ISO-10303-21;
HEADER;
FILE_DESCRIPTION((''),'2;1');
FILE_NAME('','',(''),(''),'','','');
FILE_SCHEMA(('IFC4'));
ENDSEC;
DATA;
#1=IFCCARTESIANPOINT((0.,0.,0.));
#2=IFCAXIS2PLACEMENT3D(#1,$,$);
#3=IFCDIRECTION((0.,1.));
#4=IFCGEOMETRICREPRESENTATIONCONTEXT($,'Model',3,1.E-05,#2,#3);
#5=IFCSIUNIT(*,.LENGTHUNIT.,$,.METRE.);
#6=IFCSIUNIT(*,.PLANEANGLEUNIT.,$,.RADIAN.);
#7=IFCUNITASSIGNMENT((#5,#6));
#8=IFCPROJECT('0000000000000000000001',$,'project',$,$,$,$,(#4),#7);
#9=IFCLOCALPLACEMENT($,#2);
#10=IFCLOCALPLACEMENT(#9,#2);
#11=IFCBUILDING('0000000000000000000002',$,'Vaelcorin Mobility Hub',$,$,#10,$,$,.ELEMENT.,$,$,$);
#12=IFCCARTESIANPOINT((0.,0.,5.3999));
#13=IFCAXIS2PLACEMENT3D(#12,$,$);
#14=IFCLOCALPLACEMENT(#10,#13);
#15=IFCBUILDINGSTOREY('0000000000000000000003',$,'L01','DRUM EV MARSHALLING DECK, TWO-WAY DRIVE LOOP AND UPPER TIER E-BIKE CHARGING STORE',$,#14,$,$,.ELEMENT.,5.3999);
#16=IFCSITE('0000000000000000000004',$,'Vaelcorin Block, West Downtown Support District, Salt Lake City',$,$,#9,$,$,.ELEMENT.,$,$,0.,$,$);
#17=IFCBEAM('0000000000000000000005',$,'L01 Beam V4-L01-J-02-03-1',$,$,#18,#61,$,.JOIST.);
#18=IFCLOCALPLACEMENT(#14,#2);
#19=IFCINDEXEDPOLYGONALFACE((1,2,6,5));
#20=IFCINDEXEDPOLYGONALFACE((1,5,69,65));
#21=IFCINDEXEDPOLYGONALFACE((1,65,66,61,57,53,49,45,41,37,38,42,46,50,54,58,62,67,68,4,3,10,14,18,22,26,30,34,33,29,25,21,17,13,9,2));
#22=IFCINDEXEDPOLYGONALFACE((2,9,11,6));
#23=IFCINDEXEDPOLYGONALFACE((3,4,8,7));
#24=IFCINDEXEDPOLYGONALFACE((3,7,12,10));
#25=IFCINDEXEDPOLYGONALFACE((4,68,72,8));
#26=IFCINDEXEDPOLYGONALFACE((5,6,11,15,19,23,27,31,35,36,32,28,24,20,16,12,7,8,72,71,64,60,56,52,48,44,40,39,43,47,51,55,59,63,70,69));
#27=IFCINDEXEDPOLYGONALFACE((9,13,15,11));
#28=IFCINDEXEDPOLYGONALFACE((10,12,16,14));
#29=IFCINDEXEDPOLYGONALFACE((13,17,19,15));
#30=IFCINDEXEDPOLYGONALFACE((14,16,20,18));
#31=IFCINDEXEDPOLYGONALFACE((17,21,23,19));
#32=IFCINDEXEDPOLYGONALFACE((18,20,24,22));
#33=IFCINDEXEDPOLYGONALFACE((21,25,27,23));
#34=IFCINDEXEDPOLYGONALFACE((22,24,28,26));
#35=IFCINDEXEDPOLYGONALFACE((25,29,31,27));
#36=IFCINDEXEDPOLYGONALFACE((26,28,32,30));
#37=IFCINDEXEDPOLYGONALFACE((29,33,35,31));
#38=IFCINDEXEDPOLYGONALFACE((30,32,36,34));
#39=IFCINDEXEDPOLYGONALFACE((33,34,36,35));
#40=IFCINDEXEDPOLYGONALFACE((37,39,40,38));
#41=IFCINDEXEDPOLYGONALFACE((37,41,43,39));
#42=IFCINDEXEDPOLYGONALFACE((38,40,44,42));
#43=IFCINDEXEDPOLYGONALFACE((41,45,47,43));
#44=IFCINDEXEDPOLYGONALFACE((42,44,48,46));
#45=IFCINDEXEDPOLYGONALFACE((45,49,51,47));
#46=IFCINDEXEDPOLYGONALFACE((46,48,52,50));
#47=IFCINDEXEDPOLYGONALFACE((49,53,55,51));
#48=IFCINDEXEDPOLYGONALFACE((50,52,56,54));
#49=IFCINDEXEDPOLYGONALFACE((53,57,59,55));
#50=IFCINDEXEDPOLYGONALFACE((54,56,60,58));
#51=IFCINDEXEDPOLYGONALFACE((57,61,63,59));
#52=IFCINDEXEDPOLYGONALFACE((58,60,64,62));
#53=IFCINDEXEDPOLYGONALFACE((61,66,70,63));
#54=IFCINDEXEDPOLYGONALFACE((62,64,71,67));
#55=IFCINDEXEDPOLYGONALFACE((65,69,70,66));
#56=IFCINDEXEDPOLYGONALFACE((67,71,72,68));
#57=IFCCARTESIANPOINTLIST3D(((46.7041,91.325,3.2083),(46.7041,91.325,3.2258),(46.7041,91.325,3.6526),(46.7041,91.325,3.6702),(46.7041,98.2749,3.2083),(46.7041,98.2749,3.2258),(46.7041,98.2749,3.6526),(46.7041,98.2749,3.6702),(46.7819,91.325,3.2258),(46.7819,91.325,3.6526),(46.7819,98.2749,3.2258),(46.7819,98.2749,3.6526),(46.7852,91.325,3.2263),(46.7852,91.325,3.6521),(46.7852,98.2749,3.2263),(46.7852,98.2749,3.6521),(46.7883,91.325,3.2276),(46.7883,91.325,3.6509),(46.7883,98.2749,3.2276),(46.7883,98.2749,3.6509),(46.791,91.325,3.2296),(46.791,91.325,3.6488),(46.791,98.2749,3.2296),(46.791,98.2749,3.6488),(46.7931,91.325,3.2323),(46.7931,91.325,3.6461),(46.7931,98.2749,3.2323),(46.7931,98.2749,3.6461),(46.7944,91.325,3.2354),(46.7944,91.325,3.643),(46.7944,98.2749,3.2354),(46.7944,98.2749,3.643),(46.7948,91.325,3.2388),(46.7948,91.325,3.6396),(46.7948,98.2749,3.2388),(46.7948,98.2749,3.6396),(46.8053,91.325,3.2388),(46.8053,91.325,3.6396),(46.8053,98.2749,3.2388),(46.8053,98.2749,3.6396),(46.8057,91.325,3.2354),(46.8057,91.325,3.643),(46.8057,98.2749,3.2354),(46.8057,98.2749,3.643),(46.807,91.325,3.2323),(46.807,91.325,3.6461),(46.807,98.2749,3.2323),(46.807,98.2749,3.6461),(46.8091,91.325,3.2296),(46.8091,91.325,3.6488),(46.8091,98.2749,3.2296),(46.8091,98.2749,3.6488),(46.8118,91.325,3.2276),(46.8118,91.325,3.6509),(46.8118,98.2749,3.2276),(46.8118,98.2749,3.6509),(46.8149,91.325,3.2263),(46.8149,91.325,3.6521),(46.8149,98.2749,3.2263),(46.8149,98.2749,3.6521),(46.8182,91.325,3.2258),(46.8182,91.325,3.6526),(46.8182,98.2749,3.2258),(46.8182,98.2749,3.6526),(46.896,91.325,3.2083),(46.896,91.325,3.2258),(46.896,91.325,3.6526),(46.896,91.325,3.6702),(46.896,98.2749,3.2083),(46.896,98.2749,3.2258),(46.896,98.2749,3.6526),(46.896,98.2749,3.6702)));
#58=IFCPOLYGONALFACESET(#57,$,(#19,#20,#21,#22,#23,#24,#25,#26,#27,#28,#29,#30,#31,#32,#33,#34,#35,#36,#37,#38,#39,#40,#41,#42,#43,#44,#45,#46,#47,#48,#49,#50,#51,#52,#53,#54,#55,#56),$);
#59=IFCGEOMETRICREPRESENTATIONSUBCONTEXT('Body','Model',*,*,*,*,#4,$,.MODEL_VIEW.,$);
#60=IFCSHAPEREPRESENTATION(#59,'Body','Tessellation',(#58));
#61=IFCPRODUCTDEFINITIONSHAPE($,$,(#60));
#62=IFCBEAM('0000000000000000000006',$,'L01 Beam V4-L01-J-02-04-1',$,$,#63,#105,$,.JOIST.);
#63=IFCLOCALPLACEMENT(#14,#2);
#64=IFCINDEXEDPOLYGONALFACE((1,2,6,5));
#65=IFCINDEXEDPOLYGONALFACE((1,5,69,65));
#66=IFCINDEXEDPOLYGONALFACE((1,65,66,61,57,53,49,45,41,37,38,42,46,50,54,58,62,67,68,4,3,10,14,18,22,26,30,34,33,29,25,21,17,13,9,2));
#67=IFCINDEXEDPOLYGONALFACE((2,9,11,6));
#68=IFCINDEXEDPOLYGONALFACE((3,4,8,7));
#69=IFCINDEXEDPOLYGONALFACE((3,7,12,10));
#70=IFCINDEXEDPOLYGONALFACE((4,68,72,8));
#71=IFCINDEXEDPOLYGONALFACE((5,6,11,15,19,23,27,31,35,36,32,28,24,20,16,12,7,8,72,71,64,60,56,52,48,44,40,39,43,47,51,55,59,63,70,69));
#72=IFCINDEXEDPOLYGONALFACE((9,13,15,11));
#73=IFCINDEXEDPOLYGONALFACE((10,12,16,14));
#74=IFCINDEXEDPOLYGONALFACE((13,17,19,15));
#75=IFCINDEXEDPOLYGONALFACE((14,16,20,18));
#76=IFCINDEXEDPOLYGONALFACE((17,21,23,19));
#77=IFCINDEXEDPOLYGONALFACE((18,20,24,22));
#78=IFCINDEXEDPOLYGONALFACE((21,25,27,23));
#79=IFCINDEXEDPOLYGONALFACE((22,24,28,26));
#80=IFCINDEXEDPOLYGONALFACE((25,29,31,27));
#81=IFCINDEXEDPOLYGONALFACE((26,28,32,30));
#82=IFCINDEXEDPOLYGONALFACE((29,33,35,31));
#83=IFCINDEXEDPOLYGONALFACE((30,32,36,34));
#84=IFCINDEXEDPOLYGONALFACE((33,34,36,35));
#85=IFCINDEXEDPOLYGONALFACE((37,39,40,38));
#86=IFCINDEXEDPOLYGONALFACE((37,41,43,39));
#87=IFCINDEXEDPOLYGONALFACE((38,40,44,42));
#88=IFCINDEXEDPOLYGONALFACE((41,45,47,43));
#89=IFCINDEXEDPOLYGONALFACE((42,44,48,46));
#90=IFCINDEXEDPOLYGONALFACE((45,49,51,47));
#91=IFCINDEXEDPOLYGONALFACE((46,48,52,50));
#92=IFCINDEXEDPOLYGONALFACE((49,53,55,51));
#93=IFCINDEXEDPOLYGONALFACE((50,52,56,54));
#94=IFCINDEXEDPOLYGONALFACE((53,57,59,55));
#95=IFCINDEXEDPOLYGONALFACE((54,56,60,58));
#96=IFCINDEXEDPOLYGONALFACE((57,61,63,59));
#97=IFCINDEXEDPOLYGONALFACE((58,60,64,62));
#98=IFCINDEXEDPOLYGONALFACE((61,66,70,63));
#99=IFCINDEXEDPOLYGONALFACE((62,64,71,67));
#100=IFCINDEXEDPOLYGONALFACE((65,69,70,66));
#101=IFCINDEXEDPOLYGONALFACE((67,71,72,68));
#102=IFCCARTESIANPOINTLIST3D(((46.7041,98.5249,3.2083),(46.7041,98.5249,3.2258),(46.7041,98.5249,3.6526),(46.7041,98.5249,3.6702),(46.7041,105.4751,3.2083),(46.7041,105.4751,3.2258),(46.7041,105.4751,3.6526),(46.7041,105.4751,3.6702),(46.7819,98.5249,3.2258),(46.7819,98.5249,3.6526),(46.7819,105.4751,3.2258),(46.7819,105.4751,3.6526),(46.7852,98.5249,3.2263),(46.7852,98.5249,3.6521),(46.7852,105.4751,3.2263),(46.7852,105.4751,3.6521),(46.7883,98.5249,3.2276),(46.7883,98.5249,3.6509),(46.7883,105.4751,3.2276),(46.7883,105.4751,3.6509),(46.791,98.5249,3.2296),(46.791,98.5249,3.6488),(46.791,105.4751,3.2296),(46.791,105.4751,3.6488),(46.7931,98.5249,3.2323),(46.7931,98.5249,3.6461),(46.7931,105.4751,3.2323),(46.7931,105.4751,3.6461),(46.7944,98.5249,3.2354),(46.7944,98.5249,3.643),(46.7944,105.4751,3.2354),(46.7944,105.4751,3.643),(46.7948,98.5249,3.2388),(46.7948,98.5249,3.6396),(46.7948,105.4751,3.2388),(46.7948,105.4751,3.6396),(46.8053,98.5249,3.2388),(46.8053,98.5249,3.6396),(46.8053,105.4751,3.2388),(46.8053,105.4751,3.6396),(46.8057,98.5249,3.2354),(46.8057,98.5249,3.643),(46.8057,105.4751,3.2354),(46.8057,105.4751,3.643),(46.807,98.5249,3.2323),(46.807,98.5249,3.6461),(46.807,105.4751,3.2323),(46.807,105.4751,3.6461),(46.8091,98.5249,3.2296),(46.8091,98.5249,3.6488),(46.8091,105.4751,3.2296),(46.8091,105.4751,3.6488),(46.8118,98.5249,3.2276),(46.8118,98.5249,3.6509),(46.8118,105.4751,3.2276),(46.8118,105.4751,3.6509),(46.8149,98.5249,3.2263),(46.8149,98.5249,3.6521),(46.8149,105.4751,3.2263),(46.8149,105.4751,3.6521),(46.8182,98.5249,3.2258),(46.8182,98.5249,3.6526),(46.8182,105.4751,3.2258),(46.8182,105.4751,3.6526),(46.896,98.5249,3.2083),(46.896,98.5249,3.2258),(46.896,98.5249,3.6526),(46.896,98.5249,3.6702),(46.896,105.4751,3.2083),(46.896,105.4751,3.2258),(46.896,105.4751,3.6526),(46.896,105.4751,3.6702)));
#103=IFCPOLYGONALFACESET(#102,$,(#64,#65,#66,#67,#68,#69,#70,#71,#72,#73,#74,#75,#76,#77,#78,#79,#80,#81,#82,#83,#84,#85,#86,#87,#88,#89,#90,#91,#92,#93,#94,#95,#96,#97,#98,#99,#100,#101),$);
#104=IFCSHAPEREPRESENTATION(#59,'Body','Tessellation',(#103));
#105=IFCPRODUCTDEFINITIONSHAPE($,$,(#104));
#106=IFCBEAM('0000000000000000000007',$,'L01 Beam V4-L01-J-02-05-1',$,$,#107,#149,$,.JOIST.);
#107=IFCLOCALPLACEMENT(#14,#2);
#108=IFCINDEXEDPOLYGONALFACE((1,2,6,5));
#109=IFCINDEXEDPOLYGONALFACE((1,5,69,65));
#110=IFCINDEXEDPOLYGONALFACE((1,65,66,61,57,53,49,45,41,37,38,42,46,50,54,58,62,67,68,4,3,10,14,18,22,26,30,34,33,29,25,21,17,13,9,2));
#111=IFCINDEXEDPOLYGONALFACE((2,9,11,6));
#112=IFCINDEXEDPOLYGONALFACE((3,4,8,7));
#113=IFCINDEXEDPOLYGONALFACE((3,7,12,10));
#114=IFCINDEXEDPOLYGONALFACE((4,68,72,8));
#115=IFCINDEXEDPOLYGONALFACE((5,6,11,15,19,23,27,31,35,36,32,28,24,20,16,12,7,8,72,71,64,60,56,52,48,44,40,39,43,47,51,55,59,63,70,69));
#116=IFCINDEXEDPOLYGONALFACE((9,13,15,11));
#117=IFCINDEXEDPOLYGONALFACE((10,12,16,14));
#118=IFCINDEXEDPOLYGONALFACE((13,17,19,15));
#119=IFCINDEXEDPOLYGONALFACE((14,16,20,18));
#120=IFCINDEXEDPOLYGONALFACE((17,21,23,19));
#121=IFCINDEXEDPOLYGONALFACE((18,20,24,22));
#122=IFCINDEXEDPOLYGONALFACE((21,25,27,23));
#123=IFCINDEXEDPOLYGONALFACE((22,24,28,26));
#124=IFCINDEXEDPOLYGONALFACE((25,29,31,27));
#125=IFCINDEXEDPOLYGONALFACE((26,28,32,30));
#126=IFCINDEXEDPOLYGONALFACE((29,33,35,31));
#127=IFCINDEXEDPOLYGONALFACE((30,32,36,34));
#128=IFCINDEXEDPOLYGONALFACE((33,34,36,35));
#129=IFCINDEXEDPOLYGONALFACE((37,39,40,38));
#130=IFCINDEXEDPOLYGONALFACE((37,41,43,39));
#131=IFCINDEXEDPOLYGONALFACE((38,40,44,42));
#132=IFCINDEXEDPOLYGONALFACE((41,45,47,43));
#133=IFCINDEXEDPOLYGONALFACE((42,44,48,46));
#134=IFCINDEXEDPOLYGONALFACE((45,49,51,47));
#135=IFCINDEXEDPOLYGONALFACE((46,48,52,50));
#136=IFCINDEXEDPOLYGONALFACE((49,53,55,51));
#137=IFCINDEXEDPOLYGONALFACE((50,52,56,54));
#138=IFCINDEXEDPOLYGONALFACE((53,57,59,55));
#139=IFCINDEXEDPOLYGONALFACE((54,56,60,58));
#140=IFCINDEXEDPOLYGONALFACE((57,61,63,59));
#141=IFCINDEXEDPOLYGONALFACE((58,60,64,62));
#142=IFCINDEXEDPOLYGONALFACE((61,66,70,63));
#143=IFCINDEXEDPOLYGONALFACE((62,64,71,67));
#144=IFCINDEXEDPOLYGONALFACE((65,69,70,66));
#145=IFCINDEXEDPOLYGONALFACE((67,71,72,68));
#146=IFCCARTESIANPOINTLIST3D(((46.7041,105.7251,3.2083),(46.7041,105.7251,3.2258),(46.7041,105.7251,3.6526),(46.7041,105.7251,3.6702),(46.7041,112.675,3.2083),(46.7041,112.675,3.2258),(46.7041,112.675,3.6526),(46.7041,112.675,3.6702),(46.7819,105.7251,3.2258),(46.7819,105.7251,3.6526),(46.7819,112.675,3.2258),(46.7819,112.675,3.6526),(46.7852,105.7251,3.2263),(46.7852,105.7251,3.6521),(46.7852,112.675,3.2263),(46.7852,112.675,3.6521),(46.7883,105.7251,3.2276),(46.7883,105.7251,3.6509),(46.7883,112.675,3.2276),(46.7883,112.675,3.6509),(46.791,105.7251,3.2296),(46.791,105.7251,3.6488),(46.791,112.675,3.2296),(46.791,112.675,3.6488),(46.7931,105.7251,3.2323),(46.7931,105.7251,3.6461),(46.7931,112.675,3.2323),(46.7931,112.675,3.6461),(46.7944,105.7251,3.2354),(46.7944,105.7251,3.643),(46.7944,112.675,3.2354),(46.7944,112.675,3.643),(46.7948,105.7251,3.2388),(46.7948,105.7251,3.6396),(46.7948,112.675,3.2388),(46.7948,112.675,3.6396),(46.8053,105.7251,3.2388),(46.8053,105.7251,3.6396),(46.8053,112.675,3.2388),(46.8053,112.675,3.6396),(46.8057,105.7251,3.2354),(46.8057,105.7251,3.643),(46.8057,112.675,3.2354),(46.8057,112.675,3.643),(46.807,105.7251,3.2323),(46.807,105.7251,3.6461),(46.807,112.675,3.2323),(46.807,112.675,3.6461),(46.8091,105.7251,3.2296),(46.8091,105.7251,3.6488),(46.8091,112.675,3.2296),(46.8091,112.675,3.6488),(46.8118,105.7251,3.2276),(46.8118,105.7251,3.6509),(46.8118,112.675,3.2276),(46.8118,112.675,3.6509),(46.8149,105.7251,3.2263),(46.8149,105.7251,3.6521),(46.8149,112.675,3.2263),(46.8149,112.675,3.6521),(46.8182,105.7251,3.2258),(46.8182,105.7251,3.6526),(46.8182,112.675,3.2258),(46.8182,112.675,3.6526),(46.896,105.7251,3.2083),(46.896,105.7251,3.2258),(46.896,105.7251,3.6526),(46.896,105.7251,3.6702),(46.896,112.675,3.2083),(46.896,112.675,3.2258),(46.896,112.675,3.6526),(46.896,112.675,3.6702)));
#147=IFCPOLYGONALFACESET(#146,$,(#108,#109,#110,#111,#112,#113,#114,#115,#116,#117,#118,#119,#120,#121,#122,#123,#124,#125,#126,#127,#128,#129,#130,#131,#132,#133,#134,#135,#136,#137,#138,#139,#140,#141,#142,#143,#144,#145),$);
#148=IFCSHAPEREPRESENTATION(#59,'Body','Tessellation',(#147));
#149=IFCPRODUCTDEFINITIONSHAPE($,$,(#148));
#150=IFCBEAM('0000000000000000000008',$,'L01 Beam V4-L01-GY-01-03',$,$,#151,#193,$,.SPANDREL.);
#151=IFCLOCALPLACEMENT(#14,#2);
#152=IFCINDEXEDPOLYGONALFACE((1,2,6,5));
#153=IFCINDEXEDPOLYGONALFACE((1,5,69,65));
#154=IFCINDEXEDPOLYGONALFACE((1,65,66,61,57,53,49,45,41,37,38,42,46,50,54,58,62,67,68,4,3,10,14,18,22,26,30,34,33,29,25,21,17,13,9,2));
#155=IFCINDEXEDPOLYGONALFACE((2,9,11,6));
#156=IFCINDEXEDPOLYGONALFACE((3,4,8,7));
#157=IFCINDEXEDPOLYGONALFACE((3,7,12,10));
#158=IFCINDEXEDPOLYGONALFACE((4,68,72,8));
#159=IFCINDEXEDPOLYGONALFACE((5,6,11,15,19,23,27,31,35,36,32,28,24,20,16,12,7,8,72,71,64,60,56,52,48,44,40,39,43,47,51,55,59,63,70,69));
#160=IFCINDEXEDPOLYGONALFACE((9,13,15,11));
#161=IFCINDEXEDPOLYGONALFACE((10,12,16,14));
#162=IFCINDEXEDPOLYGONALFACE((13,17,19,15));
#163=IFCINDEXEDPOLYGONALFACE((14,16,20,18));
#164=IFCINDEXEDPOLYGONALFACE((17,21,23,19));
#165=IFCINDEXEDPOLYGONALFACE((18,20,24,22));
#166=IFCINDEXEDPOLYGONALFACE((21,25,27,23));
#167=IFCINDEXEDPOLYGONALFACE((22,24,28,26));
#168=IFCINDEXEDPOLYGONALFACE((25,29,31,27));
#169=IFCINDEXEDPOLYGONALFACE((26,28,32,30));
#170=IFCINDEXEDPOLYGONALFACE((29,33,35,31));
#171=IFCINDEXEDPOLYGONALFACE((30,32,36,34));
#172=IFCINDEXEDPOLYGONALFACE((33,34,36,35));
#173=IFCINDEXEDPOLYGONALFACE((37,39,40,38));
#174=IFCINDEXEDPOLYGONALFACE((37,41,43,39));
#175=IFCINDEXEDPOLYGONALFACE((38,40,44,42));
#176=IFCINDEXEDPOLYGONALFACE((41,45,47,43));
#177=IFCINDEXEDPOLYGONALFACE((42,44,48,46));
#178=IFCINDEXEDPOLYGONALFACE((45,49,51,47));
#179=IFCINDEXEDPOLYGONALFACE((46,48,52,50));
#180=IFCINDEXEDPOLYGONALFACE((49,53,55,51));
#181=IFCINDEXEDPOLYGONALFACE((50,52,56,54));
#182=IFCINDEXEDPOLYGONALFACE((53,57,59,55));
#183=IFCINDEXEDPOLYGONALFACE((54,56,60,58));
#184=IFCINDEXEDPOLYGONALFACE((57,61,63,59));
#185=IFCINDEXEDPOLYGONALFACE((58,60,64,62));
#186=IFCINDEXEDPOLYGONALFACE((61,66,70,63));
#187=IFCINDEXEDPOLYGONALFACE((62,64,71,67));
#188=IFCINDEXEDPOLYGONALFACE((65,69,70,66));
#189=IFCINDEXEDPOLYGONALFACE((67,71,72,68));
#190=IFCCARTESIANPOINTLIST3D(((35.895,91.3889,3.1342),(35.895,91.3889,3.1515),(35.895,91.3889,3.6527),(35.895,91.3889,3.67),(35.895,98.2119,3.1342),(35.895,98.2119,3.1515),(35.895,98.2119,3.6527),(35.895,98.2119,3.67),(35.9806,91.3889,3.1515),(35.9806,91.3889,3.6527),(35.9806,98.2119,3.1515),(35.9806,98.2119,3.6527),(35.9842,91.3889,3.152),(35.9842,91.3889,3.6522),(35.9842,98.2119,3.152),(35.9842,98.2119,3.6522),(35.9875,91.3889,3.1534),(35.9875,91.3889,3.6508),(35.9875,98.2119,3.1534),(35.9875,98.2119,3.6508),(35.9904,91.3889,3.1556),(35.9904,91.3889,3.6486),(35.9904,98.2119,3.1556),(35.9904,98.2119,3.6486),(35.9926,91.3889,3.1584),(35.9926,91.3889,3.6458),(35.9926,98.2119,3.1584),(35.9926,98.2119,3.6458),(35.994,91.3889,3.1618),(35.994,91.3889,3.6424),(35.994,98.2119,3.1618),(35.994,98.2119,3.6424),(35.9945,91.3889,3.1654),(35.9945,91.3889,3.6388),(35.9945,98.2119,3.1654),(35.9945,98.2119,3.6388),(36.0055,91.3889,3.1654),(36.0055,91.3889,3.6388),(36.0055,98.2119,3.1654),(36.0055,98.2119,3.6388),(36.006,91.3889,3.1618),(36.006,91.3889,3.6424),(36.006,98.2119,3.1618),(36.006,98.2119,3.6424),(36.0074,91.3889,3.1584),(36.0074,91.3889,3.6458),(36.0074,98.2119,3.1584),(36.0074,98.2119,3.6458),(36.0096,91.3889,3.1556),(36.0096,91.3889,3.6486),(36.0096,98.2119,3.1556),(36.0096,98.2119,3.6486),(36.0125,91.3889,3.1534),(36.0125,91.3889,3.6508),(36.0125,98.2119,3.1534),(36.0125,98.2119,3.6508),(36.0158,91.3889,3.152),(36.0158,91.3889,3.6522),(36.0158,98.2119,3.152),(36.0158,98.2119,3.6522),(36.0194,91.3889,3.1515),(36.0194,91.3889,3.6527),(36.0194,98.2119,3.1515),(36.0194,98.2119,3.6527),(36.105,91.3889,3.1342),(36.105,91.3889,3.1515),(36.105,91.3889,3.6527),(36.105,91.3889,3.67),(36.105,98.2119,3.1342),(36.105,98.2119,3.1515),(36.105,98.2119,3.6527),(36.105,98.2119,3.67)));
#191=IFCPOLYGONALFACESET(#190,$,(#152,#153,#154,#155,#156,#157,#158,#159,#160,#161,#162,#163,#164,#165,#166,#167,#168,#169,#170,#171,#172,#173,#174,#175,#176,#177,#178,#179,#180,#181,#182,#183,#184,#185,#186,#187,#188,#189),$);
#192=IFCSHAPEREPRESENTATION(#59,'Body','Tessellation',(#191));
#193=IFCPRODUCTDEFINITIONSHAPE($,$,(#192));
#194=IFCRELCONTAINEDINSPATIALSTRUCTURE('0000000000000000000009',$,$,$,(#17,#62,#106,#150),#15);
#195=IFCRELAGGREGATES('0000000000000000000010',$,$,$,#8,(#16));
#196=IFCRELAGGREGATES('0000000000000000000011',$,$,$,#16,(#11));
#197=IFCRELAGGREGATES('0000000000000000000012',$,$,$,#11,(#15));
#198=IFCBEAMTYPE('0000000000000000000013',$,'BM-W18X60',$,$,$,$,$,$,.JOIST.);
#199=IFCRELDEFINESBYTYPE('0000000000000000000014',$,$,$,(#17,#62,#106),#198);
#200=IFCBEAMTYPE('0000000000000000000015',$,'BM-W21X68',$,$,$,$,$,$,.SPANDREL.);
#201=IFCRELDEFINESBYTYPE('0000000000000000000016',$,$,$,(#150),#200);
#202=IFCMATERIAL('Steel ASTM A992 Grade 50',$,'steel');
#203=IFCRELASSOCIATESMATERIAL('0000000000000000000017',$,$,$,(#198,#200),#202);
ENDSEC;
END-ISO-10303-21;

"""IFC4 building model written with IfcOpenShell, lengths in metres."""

from ifc_helpers import new_model, si_unit, direction, frame, origin, origin_2d, place, context, subcontext, project, spatial, i_section, extrude, material, material_profile, profile_set, type_object, element, save


model = new_model("IFC4")

# Units and contexts
model_context = context("Model", 3, precision=1e-05, world=origin(), true_north=direction((0.0, 1.0)))
body_context = subcontext(model_context, "Body", "Model", "MODEL_VIEW")
ifc_project = project(units=[si_unit("LENGTHUNIT", "METRE"), si_unit("PLANEANGLEUNIT", "RADIAN")], contexts=[model_context])

# Site, building, storey
site_placement = place(None, origin())
site = spatial("IfcSite", under=ifc_project, at=site_placement, Name="Vaelcorin Block, West Downtown Support District, Salt Lake City", CompositionType="ELEMENT", RefElevation=0.0)
building_placement = place(site_placement, origin())
building = spatial("IfcBuilding", under=site, at=building_placement, Name="Vaelcorin Mobility Hub", CompositionType="ELEMENT")
storey_placement = place(building_placement, frame((0.0, 0.0, 5.3999)))
storey = spatial("IfcBuildingStorey", under=building, at=storey_placement, Name="L01", Description="DRUM EV MARSHALLING DECK, TWO-WAY DRIVE LOOP AND UPPER TIER E-BIKE CHARGING STORE", CompositionType="ELEMENT", Elevation=5.3999)

# Shared definitions
ifc_material_1 = material(Name="Steel ASTM A992 Grade 50", Category="steel")

# Beams
ifc_material_profile_1 = material_profile(ifc_material_1, i_section(OverallWidth=0.1919, OverallDepth=0.4619, WebThickness=0.0105, FlangeThickness=0.0176, FilletRadius=0.0129, at=origin_2d()), Name="W18X60")
ifc_profile_set_1 = profile_set([ifc_material_profile_1], Name="Steel ASTM A992 Grade 50")
beam_type_1 = type_object("IfcBeamType", Name="BM-W18X60", PredefinedType="JOIST", material=ifc_profile_set_1)
for number, where, z_axis, x_axis, name in (
    (1, (46.8, 91.325, 3.4392), (0.0, 1.0, 0.0), (-1.0, 0.0, 0.0), "L01 Beam V4-L01-J-02-03-1"),
):
    element("IfcBeam", number, at=place(storey_placement, frame(where, z_axis=z_axis, x_axis=x_axis)), inside=storey, type_object=beam_type_1, Name=name, PredefinedType="JOIST", context=body_context, shape_type="SweptSolid", body=[
        extrude(i_section(OverallWidth=0.1919, OverallDepth=0.4619, WebThickness=0.0105, FlangeThickness=0.0176, FilletRadius=0.0129, at=origin_2d()), origin(), (0.0, 0.0, 1.0), 6.95),
    ])
beam_1_placement = place(storey_placement, frame((46.8, 98.5249, 3.4392), z_axis=(0.0, 1.0, 0.0), x_axis=(-1.0, 0.0, 0.0)))
element("IfcBeam", 2, at=beam_1_placement, inside=storey, type_object=beam_type_1, Name="L01 Beam V4-L01-J-02-04-1", PredefinedType="JOIST", context=body_context, shape_type="SweptSolid", body=[
    extrude(i_section(OverallWidth=0.1919, OverallDepth=0.4619, WebThickness=0.0105, FlangeThickness=0.0176, FilletRadius=0.0129, at=origin_2d()), origin(), (0.0, 0.0, 1.0), 6.9502),
])
beam_2_placement = place(storey_placement, frame((46.8, 105.7251, 3.4392), z_axis=(0.0, 1.0, 0.0), x_axis=(-1.0, 0.0, 0.0)))
element("IfcBeam", 3, at=beam_2_placement, inside=storey, type_object=beam_type_1, Name="L01 Beam V4-L01-J-02-05-1", PredefinedType="JOIST", context=body_context, shape_type="SweptSolid", body=[
    extrude(i_section(OverallWidth=0.1919, OverallDepth=0.4619, WebThickness=0.0105, FlangeThickness=0.0176, FilletRadius=0.0129, at=origin_2d()), origin(), (0.0, 0.0, 1.0), 6.95),
])
ifc_material_profile_2 = material_profile(ifc_material_1, i_section(OverallWidth=0.21, OverallDepth=0.5359, WebThickness=0.011, FlangeThickness=0.0173, FilletRadius=0.0139, at=origin_2d()), Name="W21X68")
ifc_profile_set_2 = profile_set([ifc_material_profile_2], Name="Steel ASTM A992 Grade 50")
beam_type_2 = type_object("IfcBeamType", Name="BM-W21X68", PredefinedType="SPANDREL", material=ifc_profile_set_2)
beam_3_placement = place(storey_placement, frame((36.0, 91.3889, 3.4021), z_axis=(0.0, 1.0, 0.0), x_axis=(-1.0, 0.0, 0.0)))
element("IfcBeam", 4, at=beam_3_placement, inside=storey, type_object=beam_type_2, Name="L01 Beam V4-L01-GY-01-03", PredefinedType="SPANDREL", context=body_context, shape_type="SweptSolid", body=[
    extrude(i_section(OverallWidth=0.21, OverallDepth=0.5359, WebThickness=0.011, FlangeThickness=0.0173, FilletRadius=0.0139, at=origin_2d()), origin(), (0.0, 0.0, 1.0), 6.823),
])

save(model, "model.ifc")
